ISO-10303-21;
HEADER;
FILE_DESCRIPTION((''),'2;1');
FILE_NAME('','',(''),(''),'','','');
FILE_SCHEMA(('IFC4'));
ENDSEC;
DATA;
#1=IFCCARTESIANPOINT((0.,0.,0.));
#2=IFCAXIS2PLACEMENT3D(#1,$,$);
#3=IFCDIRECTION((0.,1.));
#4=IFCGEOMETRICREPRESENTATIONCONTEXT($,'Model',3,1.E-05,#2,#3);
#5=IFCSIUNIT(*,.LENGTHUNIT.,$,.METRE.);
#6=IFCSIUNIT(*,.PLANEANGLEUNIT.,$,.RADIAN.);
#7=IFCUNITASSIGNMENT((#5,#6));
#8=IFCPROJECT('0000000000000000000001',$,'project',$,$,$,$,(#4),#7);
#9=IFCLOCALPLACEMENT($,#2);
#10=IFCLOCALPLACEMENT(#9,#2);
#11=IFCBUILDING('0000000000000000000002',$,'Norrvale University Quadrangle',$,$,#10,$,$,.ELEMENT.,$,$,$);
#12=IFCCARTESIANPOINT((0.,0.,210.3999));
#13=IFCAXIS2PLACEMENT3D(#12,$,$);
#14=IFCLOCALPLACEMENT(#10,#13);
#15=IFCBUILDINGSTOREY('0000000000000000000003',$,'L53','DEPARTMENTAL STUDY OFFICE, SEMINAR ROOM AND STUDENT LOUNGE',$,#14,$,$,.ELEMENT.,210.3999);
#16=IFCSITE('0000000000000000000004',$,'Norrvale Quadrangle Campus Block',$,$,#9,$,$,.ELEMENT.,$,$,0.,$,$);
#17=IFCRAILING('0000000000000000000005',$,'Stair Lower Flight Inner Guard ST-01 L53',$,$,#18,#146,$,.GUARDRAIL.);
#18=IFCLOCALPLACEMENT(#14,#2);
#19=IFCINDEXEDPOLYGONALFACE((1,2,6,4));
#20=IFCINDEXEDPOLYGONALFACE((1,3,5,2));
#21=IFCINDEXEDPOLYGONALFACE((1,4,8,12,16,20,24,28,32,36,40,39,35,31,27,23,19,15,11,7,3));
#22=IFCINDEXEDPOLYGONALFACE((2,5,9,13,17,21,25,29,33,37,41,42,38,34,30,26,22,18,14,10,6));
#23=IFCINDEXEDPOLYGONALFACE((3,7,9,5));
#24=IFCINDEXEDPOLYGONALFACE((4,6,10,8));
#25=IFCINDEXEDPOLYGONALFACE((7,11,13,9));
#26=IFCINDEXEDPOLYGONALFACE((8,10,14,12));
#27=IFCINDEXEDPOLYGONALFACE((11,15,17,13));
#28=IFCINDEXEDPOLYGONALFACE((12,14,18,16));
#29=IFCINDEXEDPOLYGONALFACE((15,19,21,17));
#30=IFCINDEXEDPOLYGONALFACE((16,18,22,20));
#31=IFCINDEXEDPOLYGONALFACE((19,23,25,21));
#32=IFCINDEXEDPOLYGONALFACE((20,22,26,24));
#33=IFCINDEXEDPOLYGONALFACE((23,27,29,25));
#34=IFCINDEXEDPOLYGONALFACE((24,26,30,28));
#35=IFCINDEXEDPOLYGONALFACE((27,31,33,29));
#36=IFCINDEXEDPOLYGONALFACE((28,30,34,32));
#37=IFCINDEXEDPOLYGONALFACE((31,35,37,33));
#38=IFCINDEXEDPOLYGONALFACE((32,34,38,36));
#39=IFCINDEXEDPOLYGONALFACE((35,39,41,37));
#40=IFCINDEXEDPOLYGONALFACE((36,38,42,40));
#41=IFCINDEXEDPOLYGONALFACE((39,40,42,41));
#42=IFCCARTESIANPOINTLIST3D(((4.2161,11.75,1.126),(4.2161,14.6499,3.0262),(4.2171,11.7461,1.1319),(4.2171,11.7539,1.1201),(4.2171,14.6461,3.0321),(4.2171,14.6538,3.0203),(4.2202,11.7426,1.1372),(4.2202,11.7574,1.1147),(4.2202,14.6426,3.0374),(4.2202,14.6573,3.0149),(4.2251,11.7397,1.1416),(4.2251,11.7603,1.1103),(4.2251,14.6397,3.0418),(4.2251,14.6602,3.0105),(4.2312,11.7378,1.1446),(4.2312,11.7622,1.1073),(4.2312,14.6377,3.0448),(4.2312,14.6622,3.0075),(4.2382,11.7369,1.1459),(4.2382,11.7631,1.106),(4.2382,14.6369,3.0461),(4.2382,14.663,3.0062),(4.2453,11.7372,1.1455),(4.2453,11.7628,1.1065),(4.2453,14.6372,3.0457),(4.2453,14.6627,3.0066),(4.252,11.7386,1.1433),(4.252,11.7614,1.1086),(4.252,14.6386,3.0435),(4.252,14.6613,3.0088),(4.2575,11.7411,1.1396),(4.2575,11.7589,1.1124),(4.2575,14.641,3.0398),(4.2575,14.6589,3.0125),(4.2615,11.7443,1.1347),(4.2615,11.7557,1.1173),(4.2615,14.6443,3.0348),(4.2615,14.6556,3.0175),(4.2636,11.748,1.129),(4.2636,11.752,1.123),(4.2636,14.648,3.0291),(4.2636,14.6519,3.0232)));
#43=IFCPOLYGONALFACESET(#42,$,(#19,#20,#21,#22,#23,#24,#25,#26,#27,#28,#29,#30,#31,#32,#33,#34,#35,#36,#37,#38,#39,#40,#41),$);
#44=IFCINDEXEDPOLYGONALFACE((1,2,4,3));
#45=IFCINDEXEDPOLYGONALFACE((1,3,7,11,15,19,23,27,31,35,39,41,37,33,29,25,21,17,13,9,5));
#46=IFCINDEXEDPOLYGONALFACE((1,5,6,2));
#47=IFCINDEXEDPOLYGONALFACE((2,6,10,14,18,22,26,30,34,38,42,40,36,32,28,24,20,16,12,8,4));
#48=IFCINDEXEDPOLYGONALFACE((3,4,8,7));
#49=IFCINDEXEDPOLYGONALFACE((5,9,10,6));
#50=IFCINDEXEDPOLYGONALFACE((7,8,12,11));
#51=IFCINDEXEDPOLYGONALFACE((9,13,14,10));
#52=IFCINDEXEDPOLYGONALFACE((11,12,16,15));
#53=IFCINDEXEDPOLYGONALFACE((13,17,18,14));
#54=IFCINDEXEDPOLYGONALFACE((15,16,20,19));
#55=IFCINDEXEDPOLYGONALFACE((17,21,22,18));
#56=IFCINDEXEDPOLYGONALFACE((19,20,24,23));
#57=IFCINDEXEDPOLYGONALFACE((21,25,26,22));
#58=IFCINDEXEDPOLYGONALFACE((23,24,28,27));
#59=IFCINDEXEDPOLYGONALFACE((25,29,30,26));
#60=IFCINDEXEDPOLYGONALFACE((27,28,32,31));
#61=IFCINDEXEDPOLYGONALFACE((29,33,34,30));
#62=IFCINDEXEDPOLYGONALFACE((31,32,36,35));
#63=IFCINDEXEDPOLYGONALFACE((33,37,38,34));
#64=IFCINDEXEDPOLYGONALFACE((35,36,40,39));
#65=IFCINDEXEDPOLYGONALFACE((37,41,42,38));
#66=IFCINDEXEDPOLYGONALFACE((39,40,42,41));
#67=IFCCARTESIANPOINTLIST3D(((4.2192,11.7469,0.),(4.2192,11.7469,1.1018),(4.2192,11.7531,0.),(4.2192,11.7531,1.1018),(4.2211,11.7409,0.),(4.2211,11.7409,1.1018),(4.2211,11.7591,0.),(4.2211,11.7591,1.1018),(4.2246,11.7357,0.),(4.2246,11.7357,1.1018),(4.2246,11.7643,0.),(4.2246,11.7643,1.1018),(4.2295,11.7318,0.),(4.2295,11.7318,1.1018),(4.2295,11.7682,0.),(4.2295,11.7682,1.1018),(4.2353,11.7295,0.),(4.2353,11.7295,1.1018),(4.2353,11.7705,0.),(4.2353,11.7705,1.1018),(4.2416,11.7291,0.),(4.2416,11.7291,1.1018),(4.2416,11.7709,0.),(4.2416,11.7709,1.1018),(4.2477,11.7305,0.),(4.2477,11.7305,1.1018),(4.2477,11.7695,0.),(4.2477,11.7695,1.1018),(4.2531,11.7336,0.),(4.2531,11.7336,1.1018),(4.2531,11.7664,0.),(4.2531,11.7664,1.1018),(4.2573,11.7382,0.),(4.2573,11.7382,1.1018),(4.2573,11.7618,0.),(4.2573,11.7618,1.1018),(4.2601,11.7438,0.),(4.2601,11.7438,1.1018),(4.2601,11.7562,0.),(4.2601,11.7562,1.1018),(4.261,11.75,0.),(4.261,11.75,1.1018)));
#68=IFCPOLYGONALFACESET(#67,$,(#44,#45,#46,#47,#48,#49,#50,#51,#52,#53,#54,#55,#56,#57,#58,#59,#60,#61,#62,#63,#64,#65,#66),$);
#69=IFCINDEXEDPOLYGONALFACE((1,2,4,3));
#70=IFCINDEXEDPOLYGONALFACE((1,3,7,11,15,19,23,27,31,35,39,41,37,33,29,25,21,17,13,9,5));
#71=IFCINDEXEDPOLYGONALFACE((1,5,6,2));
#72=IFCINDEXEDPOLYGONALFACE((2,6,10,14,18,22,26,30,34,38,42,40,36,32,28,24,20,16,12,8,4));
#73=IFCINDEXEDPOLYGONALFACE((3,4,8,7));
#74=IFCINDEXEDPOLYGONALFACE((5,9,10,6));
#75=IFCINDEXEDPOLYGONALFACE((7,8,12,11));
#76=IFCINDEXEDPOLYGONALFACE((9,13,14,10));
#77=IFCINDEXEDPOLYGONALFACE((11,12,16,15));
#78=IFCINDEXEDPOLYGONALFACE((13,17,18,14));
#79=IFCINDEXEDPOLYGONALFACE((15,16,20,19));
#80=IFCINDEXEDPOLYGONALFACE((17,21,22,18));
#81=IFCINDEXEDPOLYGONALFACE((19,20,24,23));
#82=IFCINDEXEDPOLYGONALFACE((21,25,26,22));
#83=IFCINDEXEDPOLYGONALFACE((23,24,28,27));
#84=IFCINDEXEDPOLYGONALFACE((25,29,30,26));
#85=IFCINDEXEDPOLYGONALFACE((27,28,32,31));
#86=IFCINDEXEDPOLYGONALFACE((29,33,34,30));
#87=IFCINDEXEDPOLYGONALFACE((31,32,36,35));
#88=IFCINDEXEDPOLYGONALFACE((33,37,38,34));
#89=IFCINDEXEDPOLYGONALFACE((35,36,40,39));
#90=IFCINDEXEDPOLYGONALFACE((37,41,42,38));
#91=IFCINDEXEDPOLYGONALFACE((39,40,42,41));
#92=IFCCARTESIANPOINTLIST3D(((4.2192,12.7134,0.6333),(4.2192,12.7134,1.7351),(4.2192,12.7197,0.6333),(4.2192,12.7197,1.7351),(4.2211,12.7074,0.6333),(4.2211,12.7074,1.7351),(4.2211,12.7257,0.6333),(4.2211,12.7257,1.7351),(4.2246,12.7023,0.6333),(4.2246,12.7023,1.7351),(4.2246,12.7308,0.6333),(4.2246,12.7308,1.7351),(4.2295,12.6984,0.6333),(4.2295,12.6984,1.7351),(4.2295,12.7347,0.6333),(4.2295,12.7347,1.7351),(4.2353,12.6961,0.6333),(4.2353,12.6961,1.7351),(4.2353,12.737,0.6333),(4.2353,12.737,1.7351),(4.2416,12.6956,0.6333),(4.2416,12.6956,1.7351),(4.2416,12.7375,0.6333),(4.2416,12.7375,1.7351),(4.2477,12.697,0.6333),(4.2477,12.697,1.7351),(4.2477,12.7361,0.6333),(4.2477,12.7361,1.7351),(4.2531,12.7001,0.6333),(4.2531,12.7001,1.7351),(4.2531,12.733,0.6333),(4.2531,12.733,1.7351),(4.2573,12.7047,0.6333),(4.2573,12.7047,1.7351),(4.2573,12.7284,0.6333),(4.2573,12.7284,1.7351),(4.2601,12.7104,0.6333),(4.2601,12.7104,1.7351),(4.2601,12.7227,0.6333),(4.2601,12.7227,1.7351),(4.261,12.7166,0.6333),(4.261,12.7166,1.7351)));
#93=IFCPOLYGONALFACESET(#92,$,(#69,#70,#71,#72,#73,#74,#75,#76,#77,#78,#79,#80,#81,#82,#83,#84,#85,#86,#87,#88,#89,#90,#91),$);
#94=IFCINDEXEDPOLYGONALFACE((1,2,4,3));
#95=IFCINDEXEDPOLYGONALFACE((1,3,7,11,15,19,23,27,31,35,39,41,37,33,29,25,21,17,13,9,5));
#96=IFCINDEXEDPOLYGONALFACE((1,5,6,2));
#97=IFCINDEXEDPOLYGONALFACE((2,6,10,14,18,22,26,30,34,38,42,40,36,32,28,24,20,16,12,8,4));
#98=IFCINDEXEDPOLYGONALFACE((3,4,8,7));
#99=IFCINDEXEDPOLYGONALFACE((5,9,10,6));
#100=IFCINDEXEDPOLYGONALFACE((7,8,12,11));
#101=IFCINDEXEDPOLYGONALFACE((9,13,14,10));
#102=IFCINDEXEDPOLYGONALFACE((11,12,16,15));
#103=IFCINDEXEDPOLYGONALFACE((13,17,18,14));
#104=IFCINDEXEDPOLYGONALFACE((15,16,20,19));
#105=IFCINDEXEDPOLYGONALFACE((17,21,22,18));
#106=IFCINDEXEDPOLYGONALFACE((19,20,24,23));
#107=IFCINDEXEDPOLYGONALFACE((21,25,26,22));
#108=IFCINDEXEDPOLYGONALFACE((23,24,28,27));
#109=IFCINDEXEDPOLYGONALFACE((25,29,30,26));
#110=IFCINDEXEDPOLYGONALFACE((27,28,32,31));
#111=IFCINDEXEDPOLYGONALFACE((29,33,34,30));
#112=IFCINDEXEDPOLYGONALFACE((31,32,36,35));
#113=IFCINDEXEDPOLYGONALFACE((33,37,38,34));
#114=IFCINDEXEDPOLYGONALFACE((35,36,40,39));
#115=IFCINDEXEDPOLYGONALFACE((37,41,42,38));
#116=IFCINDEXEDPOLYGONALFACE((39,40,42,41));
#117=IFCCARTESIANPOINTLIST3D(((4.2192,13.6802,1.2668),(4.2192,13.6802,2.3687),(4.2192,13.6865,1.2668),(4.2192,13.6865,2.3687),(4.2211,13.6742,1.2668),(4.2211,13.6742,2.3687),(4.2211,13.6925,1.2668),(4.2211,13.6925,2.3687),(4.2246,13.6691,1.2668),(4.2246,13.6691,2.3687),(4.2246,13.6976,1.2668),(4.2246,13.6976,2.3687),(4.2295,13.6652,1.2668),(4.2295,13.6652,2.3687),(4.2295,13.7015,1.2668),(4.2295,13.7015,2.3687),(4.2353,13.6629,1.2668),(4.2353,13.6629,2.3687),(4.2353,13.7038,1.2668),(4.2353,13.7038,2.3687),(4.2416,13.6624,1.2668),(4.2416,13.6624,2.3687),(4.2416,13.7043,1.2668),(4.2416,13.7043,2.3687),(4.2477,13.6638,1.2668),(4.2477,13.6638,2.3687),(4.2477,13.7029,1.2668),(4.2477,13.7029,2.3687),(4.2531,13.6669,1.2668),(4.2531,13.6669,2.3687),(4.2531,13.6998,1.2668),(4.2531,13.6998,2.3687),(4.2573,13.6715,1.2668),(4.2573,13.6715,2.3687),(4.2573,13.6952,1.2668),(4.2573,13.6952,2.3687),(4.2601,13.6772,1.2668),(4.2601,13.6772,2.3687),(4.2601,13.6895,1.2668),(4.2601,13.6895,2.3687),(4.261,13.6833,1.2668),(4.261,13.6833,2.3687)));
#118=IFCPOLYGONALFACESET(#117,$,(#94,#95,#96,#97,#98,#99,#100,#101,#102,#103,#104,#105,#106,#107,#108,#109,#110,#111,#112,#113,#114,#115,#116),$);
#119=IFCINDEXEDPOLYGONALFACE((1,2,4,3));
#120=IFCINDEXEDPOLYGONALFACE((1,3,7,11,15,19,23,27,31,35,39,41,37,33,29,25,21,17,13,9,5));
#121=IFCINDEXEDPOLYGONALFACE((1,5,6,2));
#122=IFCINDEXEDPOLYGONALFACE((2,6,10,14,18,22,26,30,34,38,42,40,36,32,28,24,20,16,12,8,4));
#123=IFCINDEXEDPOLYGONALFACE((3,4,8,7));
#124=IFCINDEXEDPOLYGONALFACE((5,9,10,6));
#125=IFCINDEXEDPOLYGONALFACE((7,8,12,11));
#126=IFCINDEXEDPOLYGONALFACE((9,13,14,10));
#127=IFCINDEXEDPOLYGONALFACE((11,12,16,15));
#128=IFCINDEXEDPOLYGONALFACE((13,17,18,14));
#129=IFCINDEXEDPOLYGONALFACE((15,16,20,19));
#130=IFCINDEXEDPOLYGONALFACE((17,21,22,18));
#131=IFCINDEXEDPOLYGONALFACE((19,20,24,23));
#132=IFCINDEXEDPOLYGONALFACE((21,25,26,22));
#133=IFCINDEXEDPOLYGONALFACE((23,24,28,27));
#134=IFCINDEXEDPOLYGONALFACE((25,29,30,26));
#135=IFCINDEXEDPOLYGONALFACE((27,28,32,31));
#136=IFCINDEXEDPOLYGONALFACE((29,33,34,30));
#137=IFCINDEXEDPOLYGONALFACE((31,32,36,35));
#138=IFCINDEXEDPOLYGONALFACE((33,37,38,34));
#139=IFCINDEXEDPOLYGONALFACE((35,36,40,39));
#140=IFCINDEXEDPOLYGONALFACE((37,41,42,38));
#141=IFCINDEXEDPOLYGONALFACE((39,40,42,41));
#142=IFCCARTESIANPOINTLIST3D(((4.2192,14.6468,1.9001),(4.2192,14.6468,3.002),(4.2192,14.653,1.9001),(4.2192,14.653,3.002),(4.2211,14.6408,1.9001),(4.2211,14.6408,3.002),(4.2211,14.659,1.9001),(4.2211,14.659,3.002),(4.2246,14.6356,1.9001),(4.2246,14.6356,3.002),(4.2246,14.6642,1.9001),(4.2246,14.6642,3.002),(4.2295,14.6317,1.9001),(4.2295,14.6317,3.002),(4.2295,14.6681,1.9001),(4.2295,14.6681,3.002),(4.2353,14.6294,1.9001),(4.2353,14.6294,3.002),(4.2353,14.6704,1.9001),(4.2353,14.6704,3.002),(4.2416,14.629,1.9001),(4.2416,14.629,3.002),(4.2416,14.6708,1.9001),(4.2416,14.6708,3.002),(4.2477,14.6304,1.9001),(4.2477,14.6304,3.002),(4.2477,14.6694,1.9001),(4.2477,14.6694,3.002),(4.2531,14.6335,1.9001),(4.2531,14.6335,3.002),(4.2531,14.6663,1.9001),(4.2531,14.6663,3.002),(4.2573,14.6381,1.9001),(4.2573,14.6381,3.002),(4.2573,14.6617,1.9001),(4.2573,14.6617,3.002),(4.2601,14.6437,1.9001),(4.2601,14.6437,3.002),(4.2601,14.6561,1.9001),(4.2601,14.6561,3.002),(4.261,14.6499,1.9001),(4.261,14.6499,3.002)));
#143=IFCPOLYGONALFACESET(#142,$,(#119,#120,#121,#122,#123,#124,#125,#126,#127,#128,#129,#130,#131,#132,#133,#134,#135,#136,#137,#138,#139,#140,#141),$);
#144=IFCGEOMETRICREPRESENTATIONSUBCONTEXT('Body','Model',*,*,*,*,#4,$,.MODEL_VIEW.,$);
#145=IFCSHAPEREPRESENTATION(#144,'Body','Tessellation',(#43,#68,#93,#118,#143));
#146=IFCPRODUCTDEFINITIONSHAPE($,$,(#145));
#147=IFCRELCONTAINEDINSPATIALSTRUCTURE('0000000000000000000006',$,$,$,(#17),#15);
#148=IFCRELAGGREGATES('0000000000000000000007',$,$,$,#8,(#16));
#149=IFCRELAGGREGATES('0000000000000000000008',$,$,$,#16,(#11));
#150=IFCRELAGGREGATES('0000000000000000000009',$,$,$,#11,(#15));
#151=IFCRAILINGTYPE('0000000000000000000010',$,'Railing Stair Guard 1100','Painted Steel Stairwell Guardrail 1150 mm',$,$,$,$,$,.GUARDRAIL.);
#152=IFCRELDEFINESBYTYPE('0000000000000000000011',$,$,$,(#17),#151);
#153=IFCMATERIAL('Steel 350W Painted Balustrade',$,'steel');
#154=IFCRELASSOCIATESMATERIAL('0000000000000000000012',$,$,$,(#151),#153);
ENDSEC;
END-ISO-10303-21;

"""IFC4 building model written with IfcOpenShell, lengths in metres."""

from ifc_helpers import new_model, si_unit, direction, frame, origin, origin_2d, place, context, subcontext, project, spatial, circle, extrude, material, type_object, element, save


model = new_model("IFC4")

# Units and contexts
model_context = context("Model", 3, precision=1e-05, world=origin(), true_north=direction((0.0, 1.0)))
body_context = subcontext(model_context, "Body", "Model", "MODEL_VIEW")
ifc_project = project(units=[si_unit("LENGTHUNIT", "METRE"), si_unit("PLANEANGLEUNIT", "RADIAN")], contexts=[model_context])

# Site, building, storey
site_placement = place(None, origin())
site = spatial("IfcSite", under=ifc_project, at=site_placement, Name="Norrvale Quadrangle Campus Block", CompositionType="ELEMENT", RefElevation=0.0)
building_placement = place(site_placement, origin())
building = spatial("IfcBuilding", under=site, at=building_placement, Name="Norrvale University Quadrangle", CompositionType="ELEMENT")
storey_placement = place(building_placement, frame((0.0, 0.0, 210.3999)))
storey = spatial("IfcBuildingStorey", under=building, at=storey_placement, Name="L53", Description="DEPARTMENTAL STUDY OFFICE, SEMINAR ROOM AND STUDENT LOUNGE", CompositionType="ELEMENT", Elevation=210.3999)

# Railing
ifc_material_1 = material(Name="Steel 350W Painted Balustrade", Category="steel")
railing_type_1 = type_object("IfcRailingType", Name="Railing Stair Guard 1100", Description="Painted Steel Stairwell Guardrail 1150 mm", PredefinedType="GUARDRAIL", material=ifc_material_1)
railing_1_placement = place(storey_placement, frame((4.24, 11.75, 0.0)))
element("IfcRailing", 1, at=railing_1_placement, inside=storey, type_object=railing_type_1, Name="Stair Lower Flight Inner Guard ST-01 L53", PredefinedType="GUARDRAIL", context=body_context, shape_type="SweptSolid", body=[
    extrude(circle(Radius=0.0239, at=origin_2d()), frame((0.0, 0.0, 1.126), z_axis=(0.0, 0.836433, 0.548069), x_axis=(-1.0, 0.0, 0.0)), (0.0, 0.0, 1.0), 3.467),
    extrude(circle(Radius=0.021, at=origin_2d()), origin(), (0.0, 0.0, 1.0), 1.1018),
    extrude(circle(Radius=0.021, at=origin_2d()), frame((0.0, 0.9666, 0.6333)), (0.0, 0.0, 1.0), 1.1018),
    extrude(circle(Radius=0.021, at=origin_2d()), frame((0.0, 1.9333, 1.2668)), (0.0, 0.0, 1.0), 1.1018),
    extrude(circle(Radius=0.021, at=origin_2d()), frame((0.0, 2.8999, 1.9001)), (0.0, 0.0, 1.0), 1.1018),
])

save(model, "model.ifc")
